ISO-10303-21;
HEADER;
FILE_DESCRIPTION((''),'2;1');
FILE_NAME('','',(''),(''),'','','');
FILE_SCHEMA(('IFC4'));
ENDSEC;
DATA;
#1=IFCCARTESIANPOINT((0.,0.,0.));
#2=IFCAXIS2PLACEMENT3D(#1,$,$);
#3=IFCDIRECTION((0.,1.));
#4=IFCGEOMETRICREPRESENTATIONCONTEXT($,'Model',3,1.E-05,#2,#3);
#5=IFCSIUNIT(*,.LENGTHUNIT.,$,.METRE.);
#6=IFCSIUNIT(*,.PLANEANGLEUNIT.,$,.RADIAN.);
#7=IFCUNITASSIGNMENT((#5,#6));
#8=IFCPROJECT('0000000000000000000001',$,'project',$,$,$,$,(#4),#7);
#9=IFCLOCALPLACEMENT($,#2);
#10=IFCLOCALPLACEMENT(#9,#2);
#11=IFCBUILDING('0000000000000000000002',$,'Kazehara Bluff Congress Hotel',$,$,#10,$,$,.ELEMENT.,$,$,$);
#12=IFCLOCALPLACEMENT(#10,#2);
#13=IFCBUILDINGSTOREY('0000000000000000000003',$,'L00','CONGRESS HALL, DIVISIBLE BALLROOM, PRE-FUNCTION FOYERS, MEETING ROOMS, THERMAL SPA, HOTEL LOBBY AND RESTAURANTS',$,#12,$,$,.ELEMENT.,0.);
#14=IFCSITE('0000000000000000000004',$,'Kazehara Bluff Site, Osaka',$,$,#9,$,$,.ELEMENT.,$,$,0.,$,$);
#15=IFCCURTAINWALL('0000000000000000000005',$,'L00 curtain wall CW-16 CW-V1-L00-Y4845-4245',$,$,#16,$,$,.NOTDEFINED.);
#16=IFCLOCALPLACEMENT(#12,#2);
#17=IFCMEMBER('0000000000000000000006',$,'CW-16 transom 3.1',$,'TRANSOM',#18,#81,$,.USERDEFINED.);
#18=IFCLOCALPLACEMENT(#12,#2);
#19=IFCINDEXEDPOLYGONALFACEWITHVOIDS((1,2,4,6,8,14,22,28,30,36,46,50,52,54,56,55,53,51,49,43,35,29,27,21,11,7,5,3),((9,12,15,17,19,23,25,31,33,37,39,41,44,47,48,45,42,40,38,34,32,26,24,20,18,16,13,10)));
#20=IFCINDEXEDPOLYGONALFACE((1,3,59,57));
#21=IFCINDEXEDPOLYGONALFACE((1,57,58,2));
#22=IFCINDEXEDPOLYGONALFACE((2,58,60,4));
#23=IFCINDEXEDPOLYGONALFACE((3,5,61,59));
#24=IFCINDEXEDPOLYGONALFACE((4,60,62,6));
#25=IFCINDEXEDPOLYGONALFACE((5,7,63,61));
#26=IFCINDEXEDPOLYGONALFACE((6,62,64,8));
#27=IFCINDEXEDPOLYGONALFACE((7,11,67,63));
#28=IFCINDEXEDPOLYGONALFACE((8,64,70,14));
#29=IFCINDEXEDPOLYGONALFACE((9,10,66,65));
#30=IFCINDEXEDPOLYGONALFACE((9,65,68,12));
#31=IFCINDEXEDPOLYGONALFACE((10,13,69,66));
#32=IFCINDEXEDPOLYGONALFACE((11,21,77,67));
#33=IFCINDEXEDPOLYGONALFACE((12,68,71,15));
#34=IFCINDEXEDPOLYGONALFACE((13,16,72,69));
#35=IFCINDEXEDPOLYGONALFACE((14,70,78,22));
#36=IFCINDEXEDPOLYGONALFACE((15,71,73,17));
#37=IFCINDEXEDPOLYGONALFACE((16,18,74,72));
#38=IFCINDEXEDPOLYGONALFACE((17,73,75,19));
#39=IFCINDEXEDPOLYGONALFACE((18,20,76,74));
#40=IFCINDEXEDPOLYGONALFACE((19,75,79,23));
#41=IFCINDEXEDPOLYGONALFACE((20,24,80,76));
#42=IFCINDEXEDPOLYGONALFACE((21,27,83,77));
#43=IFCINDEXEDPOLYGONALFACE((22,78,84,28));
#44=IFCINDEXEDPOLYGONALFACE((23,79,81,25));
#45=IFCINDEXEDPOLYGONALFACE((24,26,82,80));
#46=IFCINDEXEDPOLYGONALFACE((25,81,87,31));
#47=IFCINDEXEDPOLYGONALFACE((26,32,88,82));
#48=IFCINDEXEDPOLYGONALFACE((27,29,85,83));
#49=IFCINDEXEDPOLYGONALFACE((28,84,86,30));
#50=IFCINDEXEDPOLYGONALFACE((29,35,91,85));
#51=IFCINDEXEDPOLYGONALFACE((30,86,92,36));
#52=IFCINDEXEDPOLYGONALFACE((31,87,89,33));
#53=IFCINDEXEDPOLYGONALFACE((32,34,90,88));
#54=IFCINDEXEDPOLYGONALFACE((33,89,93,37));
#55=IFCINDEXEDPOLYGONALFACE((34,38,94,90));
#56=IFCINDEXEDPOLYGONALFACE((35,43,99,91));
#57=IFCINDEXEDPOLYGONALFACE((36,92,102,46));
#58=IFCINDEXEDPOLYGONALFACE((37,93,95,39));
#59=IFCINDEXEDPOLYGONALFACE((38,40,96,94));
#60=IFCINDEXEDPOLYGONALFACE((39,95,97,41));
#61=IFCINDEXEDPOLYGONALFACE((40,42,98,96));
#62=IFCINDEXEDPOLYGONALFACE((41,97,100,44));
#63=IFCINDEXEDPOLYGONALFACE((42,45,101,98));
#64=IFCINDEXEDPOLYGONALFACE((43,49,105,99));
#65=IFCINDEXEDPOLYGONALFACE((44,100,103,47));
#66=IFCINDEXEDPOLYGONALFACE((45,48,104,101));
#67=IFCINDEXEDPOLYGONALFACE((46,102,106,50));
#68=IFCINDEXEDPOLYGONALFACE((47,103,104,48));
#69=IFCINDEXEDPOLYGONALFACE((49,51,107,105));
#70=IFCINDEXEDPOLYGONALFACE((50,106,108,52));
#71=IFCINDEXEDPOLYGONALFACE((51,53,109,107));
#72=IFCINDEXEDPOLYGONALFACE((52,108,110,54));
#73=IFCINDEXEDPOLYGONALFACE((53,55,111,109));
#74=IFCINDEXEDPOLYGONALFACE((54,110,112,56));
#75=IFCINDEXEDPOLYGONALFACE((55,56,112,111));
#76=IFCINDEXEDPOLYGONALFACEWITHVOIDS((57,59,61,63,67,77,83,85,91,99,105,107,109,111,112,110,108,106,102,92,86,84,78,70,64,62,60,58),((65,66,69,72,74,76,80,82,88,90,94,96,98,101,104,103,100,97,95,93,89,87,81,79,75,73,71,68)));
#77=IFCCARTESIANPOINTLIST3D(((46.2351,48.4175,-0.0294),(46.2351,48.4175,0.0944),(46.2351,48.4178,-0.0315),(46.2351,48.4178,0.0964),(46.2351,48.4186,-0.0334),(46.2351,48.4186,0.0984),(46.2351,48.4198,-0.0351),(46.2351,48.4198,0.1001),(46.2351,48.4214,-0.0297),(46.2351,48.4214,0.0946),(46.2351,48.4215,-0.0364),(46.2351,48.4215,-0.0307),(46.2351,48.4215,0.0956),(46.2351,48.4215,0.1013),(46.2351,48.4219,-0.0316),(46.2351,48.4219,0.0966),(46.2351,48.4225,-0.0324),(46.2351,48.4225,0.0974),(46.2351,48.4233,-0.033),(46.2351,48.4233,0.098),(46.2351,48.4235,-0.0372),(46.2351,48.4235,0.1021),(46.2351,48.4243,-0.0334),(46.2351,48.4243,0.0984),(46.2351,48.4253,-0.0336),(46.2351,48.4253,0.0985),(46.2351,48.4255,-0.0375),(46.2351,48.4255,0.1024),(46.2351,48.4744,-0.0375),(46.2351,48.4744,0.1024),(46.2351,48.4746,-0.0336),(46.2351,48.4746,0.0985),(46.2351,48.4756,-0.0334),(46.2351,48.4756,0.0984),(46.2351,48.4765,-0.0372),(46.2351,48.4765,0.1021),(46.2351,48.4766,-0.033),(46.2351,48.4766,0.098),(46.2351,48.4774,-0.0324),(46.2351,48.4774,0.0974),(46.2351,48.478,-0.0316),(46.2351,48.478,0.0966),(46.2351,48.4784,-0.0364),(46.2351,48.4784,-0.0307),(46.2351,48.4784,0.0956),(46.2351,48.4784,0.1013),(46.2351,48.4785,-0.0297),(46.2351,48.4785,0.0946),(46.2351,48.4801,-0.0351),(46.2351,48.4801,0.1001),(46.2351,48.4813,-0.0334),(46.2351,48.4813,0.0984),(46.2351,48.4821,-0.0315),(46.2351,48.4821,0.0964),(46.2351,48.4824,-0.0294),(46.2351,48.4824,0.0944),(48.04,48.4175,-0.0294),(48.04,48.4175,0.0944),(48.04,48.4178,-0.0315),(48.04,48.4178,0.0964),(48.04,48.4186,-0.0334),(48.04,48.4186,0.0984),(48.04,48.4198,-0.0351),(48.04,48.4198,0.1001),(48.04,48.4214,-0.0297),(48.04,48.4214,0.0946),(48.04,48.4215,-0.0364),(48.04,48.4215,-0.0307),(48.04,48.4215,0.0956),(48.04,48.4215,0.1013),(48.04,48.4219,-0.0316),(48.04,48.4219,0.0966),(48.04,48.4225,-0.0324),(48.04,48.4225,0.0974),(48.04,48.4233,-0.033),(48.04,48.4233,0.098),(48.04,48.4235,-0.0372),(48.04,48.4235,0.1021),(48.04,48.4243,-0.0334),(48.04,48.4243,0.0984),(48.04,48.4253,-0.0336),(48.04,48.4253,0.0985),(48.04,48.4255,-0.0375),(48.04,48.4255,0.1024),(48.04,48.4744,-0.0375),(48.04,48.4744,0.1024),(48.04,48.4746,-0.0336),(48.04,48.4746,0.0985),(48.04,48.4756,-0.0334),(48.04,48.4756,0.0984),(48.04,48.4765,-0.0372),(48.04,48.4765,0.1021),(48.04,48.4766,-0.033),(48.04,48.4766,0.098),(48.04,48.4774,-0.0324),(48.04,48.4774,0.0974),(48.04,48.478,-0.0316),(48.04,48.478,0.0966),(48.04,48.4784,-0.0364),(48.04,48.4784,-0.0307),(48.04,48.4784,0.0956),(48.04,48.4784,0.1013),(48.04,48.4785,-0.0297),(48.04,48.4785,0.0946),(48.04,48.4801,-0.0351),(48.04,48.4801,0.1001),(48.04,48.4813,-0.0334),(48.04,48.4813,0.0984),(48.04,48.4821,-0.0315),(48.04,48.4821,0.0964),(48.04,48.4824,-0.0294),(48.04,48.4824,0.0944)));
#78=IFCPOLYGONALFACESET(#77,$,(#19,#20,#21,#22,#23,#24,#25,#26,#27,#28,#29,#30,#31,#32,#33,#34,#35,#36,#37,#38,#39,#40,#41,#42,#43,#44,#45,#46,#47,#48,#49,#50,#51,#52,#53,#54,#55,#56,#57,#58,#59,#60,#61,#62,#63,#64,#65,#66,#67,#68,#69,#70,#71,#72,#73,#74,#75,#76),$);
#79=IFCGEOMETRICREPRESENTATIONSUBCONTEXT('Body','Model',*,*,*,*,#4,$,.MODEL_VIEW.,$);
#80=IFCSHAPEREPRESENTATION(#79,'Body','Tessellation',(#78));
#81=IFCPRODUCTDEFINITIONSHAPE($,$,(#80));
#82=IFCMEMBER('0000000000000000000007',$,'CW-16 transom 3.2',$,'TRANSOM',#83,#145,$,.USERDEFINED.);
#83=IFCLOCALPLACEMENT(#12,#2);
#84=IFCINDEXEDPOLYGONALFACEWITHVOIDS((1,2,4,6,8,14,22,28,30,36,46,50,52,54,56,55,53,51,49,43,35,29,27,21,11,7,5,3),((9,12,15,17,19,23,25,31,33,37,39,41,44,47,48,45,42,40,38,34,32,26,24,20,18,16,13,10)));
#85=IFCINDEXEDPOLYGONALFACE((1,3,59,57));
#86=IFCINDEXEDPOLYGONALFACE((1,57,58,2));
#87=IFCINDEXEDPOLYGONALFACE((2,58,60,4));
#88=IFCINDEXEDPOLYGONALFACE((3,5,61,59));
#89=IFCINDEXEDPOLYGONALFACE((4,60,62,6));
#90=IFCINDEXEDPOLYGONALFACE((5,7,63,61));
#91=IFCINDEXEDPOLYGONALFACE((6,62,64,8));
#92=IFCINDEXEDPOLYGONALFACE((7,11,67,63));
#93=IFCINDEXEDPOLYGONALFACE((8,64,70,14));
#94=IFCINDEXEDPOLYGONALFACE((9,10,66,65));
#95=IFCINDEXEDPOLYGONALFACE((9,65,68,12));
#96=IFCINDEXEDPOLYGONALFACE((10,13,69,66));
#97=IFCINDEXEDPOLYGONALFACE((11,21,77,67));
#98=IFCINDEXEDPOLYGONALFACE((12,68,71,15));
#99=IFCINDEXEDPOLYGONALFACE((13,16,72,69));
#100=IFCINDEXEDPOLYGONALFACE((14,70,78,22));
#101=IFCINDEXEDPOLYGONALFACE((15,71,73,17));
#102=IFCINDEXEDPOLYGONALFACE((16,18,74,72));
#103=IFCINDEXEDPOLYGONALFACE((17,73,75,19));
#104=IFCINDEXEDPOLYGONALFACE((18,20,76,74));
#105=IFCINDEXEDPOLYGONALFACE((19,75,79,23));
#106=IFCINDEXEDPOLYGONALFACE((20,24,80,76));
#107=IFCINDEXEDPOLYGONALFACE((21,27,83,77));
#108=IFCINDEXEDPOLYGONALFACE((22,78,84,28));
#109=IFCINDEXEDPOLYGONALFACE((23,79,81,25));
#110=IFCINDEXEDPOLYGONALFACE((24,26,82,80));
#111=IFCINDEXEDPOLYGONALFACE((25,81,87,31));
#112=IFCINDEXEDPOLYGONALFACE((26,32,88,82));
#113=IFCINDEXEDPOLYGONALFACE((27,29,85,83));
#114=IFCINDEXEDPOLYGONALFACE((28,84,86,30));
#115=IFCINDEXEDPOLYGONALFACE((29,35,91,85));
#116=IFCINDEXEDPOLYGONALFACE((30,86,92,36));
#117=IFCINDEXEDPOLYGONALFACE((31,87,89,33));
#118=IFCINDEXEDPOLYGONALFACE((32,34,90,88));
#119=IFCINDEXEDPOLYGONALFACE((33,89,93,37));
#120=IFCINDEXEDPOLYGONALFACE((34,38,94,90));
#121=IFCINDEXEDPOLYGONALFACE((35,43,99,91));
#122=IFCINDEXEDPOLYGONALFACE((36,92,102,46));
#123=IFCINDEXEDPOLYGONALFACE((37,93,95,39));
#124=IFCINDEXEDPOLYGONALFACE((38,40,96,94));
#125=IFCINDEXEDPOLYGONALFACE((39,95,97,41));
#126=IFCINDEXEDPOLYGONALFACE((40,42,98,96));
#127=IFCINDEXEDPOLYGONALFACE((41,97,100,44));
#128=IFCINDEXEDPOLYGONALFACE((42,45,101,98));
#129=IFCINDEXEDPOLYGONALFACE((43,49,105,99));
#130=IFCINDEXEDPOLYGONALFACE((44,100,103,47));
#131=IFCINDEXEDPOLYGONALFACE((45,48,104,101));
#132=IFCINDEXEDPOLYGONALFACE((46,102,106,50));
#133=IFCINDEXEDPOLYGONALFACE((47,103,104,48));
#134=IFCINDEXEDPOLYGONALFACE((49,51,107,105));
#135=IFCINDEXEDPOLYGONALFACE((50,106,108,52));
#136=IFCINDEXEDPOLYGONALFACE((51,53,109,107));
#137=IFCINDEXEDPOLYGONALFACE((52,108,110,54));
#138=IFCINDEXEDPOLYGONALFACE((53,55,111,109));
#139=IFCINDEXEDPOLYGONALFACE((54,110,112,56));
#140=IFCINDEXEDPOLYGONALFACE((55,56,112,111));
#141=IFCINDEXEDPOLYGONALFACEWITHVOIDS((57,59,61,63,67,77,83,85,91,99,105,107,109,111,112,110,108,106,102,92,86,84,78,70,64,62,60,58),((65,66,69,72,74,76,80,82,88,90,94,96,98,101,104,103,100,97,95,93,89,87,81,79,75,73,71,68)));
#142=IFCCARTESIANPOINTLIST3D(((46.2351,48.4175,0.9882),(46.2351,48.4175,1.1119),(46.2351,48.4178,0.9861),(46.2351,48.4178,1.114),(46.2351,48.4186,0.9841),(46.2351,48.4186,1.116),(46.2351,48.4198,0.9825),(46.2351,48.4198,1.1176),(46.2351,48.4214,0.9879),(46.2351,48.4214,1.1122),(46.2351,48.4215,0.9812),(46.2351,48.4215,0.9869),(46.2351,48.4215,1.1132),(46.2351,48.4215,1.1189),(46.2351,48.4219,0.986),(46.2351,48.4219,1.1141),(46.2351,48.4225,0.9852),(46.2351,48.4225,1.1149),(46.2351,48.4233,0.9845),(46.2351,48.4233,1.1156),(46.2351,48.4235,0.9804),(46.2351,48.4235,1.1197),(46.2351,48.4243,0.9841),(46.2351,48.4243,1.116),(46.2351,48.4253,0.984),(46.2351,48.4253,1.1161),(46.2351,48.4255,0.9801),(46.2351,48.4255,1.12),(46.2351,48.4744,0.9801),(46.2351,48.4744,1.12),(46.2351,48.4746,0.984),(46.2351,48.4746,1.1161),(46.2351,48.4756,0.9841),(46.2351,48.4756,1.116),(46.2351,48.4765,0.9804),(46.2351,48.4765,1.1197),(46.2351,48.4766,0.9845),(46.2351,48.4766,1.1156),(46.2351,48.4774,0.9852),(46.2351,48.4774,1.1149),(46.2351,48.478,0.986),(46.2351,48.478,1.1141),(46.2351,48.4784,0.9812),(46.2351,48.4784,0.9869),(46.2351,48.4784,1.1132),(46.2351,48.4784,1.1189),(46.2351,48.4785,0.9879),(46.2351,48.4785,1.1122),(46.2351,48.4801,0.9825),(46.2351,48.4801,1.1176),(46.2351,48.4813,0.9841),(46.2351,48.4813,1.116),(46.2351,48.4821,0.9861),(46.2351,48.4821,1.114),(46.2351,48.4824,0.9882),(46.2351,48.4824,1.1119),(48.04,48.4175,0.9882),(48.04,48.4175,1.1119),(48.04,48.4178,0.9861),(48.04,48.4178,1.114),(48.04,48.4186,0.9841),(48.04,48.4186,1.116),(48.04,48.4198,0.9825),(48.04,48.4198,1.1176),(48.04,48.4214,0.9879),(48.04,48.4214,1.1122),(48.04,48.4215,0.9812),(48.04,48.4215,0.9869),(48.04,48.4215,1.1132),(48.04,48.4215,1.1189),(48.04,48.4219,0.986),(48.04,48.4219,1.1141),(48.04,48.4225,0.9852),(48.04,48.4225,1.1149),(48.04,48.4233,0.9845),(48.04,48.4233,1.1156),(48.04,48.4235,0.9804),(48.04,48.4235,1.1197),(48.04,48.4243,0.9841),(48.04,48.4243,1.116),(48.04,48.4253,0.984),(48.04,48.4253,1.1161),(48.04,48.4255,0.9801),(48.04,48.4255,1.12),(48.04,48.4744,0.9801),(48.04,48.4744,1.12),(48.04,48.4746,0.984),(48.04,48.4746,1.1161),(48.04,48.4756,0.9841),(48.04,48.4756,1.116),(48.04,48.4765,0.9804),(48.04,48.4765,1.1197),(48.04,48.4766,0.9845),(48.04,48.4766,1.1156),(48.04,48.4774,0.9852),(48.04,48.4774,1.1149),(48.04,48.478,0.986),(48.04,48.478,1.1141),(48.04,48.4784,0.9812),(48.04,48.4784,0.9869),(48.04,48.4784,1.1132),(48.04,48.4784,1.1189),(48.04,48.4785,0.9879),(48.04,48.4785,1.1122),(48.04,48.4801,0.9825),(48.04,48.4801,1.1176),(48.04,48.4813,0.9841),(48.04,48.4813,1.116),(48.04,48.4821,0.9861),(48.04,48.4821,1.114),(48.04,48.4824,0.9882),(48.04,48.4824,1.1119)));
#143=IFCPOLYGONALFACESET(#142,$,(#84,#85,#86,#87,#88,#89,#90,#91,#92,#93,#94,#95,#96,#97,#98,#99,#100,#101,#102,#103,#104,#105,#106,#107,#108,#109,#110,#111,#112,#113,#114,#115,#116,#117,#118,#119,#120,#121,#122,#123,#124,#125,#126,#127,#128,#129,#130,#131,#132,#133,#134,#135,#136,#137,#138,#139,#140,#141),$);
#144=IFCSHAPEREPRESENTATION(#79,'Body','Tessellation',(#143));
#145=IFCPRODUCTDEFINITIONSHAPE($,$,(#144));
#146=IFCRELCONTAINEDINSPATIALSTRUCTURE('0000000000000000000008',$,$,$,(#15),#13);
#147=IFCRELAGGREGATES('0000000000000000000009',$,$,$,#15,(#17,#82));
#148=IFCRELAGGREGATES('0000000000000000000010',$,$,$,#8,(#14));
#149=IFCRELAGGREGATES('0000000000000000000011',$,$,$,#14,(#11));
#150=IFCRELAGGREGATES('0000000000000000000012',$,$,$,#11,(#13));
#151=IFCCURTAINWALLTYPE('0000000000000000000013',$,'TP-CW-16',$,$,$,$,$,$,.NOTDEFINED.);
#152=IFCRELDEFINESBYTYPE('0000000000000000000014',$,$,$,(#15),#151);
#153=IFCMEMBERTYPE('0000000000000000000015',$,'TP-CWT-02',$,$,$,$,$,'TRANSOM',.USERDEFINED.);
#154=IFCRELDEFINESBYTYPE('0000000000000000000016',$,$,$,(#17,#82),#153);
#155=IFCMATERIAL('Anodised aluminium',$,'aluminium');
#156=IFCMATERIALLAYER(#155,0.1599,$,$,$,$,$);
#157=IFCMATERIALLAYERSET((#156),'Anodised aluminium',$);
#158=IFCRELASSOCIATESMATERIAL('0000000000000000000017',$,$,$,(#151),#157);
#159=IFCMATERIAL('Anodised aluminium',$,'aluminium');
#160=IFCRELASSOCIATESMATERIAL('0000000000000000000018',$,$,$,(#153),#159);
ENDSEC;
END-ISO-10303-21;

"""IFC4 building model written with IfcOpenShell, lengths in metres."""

from ifc_helpers import new_model, si_unit, direction, frame, origin, origin_2d, place, context, subcontext, project, spatial, hollow_rectangle, extrude, material, layer, layer_set, material_profile, profile_set, type_object, element, aggregate, save


model = new_model("IFC4")

# Units and contexts
model_context = context("Model", 3, precision=1e-05, world=origin(), true_north=direction((0.0, 1.0)))
body_context = subcontext(model_context, "Body", "Model", "MODEL_VIEW")
ifc_project = project(units=[si_unit("LENGTHUNIT", "METRE"), si_unit("PLANEANGLEUNIT", "RADIAN")], contexts=[model_context])

# Site, building, storey
site_placement = place(None, origin())
site = spatial("IfcSite", under=ifc_project, at=site_placement, Name="Kazehara Bluff Site, Osaka", CompositionType="ELEMENT", RefElevation=0.0)
building_placement = place(site_placement, origin())
building = spatial("IfcBuilding", under=site, at=building_placement, Name="Kazehara Bluff Congress Hotel", CompositionType="ELEMENT")
storey_placement = place(building_placement, origin())
storey = spatial("IfcBuildingStorey", under=building, at=storey_placement, Name="L00", Description="CONGRESS HALL, DIVISIBLE BALLROOM, PRE-FUNCTION FOYERS, MEETING ROOMS, THERMAL SPA, HOTEL LOBBY AND RESTAURANTS", CompositionType="ELEMENT", Elevation=0.0)

# Shared definitions
ifc_material_1 = material(Name="Anodised aluminium", Category="aluminium")
ifc_layer_1 = layer(ifc_material_1, 0.1599)
ifc_layer_set_1 = layer_set([ifc_layer_1], Name="Anodised aluminium")
curtain_wall_type = type_object("IfcCurtainWallType", Name="TP-CW-16", PredefinedType="NOTDEFINED", material=ifc_layer_set_1)

# Curtain wall
curtain_wall_1_placement = place(storey_placement, origin())
curtain_wall_1 = element("IfcCurtainWall", 1, at=curtain_wall_1_placement, inside=storey, type_object=curtain_wall_type, Name="L00 curtain wall CW-16 CW-V1-L00-Y4845-4245", PredefinedType="NOTDEFINED")

# Members
ifc_material_2 = material(Name="Anodised aluminium", Category="aluminium")
ifc_material_profile_1 = material_profile(ifc_material_2, hollow_rectangle(XDim=0.0649, YDim=0.1399, WallThickness=0.0039, InnerFilletRadius=0.0039, OuterFilletRadius=0.0081, at=origin_2d()))
ifc_profile_set_1 = profile_set([ifc_material_profile_1], Name="Anodised aluminium")
member_type_1 = type_object("IfcMemberType", Name="TP-CWT-02", ElementType="TRANSOM", PredefinedType="USERDEFINED", material=ifc_profile_set_1)
member_1_placement = place(storey_placement, frame((46.2351, 48.45, 0.0325), z_axis=(1.0, 0.0, 0.0), x_axis=(0.0, 1.0, 0.0)))
member_1 = element("IfcMember", 2, at=member_1_placement, type_object=member_type_1, Name="CW-16 transom 3.1", ObjectType="TRANSOM", PredefinedType="USERDEFINED", context=body_context, shape_type="SweptSolid", body=[
    extrude(hollow_rectangle(XDim=0.0649, YDim=0.1399, WallThickness=0.0039, InnerFilletRadius=0.0039, OuterFilletRadius=0.0081, at=origin_2d()), origin(), (0.0, 0.0, 1.0), 1.8049),
])
member_2_placement = place(storey_placement, frame((46.2351, 48.45, 1.05), z_axis=(1.0, 0.0, 0.0), x_axis=(0.0, 1.0, 0.0)))
member_2 = element("IfcMember", 3, at=member_2_placement, type_object=member_type_1, Name="CW-16 transom 3.2", ObjectType="TRANSOM", PredefinedType="USERDEFINED", context=body_context, shape_type="SweptSolid", body=[
    extrude(hollow_rectangle(XDim=0.0649, YDim=0.1399, WallThickness=0.0039, InnerFilletRadius=0.0039, OuterFilletRadius=0.0081, at=origin_2d()), origin(), (0.0, 0.0, 1.0), 1.8049),
])

aggregate(curtain_wall_1, [member_1, member_2])

save(model, "model.ifc")
